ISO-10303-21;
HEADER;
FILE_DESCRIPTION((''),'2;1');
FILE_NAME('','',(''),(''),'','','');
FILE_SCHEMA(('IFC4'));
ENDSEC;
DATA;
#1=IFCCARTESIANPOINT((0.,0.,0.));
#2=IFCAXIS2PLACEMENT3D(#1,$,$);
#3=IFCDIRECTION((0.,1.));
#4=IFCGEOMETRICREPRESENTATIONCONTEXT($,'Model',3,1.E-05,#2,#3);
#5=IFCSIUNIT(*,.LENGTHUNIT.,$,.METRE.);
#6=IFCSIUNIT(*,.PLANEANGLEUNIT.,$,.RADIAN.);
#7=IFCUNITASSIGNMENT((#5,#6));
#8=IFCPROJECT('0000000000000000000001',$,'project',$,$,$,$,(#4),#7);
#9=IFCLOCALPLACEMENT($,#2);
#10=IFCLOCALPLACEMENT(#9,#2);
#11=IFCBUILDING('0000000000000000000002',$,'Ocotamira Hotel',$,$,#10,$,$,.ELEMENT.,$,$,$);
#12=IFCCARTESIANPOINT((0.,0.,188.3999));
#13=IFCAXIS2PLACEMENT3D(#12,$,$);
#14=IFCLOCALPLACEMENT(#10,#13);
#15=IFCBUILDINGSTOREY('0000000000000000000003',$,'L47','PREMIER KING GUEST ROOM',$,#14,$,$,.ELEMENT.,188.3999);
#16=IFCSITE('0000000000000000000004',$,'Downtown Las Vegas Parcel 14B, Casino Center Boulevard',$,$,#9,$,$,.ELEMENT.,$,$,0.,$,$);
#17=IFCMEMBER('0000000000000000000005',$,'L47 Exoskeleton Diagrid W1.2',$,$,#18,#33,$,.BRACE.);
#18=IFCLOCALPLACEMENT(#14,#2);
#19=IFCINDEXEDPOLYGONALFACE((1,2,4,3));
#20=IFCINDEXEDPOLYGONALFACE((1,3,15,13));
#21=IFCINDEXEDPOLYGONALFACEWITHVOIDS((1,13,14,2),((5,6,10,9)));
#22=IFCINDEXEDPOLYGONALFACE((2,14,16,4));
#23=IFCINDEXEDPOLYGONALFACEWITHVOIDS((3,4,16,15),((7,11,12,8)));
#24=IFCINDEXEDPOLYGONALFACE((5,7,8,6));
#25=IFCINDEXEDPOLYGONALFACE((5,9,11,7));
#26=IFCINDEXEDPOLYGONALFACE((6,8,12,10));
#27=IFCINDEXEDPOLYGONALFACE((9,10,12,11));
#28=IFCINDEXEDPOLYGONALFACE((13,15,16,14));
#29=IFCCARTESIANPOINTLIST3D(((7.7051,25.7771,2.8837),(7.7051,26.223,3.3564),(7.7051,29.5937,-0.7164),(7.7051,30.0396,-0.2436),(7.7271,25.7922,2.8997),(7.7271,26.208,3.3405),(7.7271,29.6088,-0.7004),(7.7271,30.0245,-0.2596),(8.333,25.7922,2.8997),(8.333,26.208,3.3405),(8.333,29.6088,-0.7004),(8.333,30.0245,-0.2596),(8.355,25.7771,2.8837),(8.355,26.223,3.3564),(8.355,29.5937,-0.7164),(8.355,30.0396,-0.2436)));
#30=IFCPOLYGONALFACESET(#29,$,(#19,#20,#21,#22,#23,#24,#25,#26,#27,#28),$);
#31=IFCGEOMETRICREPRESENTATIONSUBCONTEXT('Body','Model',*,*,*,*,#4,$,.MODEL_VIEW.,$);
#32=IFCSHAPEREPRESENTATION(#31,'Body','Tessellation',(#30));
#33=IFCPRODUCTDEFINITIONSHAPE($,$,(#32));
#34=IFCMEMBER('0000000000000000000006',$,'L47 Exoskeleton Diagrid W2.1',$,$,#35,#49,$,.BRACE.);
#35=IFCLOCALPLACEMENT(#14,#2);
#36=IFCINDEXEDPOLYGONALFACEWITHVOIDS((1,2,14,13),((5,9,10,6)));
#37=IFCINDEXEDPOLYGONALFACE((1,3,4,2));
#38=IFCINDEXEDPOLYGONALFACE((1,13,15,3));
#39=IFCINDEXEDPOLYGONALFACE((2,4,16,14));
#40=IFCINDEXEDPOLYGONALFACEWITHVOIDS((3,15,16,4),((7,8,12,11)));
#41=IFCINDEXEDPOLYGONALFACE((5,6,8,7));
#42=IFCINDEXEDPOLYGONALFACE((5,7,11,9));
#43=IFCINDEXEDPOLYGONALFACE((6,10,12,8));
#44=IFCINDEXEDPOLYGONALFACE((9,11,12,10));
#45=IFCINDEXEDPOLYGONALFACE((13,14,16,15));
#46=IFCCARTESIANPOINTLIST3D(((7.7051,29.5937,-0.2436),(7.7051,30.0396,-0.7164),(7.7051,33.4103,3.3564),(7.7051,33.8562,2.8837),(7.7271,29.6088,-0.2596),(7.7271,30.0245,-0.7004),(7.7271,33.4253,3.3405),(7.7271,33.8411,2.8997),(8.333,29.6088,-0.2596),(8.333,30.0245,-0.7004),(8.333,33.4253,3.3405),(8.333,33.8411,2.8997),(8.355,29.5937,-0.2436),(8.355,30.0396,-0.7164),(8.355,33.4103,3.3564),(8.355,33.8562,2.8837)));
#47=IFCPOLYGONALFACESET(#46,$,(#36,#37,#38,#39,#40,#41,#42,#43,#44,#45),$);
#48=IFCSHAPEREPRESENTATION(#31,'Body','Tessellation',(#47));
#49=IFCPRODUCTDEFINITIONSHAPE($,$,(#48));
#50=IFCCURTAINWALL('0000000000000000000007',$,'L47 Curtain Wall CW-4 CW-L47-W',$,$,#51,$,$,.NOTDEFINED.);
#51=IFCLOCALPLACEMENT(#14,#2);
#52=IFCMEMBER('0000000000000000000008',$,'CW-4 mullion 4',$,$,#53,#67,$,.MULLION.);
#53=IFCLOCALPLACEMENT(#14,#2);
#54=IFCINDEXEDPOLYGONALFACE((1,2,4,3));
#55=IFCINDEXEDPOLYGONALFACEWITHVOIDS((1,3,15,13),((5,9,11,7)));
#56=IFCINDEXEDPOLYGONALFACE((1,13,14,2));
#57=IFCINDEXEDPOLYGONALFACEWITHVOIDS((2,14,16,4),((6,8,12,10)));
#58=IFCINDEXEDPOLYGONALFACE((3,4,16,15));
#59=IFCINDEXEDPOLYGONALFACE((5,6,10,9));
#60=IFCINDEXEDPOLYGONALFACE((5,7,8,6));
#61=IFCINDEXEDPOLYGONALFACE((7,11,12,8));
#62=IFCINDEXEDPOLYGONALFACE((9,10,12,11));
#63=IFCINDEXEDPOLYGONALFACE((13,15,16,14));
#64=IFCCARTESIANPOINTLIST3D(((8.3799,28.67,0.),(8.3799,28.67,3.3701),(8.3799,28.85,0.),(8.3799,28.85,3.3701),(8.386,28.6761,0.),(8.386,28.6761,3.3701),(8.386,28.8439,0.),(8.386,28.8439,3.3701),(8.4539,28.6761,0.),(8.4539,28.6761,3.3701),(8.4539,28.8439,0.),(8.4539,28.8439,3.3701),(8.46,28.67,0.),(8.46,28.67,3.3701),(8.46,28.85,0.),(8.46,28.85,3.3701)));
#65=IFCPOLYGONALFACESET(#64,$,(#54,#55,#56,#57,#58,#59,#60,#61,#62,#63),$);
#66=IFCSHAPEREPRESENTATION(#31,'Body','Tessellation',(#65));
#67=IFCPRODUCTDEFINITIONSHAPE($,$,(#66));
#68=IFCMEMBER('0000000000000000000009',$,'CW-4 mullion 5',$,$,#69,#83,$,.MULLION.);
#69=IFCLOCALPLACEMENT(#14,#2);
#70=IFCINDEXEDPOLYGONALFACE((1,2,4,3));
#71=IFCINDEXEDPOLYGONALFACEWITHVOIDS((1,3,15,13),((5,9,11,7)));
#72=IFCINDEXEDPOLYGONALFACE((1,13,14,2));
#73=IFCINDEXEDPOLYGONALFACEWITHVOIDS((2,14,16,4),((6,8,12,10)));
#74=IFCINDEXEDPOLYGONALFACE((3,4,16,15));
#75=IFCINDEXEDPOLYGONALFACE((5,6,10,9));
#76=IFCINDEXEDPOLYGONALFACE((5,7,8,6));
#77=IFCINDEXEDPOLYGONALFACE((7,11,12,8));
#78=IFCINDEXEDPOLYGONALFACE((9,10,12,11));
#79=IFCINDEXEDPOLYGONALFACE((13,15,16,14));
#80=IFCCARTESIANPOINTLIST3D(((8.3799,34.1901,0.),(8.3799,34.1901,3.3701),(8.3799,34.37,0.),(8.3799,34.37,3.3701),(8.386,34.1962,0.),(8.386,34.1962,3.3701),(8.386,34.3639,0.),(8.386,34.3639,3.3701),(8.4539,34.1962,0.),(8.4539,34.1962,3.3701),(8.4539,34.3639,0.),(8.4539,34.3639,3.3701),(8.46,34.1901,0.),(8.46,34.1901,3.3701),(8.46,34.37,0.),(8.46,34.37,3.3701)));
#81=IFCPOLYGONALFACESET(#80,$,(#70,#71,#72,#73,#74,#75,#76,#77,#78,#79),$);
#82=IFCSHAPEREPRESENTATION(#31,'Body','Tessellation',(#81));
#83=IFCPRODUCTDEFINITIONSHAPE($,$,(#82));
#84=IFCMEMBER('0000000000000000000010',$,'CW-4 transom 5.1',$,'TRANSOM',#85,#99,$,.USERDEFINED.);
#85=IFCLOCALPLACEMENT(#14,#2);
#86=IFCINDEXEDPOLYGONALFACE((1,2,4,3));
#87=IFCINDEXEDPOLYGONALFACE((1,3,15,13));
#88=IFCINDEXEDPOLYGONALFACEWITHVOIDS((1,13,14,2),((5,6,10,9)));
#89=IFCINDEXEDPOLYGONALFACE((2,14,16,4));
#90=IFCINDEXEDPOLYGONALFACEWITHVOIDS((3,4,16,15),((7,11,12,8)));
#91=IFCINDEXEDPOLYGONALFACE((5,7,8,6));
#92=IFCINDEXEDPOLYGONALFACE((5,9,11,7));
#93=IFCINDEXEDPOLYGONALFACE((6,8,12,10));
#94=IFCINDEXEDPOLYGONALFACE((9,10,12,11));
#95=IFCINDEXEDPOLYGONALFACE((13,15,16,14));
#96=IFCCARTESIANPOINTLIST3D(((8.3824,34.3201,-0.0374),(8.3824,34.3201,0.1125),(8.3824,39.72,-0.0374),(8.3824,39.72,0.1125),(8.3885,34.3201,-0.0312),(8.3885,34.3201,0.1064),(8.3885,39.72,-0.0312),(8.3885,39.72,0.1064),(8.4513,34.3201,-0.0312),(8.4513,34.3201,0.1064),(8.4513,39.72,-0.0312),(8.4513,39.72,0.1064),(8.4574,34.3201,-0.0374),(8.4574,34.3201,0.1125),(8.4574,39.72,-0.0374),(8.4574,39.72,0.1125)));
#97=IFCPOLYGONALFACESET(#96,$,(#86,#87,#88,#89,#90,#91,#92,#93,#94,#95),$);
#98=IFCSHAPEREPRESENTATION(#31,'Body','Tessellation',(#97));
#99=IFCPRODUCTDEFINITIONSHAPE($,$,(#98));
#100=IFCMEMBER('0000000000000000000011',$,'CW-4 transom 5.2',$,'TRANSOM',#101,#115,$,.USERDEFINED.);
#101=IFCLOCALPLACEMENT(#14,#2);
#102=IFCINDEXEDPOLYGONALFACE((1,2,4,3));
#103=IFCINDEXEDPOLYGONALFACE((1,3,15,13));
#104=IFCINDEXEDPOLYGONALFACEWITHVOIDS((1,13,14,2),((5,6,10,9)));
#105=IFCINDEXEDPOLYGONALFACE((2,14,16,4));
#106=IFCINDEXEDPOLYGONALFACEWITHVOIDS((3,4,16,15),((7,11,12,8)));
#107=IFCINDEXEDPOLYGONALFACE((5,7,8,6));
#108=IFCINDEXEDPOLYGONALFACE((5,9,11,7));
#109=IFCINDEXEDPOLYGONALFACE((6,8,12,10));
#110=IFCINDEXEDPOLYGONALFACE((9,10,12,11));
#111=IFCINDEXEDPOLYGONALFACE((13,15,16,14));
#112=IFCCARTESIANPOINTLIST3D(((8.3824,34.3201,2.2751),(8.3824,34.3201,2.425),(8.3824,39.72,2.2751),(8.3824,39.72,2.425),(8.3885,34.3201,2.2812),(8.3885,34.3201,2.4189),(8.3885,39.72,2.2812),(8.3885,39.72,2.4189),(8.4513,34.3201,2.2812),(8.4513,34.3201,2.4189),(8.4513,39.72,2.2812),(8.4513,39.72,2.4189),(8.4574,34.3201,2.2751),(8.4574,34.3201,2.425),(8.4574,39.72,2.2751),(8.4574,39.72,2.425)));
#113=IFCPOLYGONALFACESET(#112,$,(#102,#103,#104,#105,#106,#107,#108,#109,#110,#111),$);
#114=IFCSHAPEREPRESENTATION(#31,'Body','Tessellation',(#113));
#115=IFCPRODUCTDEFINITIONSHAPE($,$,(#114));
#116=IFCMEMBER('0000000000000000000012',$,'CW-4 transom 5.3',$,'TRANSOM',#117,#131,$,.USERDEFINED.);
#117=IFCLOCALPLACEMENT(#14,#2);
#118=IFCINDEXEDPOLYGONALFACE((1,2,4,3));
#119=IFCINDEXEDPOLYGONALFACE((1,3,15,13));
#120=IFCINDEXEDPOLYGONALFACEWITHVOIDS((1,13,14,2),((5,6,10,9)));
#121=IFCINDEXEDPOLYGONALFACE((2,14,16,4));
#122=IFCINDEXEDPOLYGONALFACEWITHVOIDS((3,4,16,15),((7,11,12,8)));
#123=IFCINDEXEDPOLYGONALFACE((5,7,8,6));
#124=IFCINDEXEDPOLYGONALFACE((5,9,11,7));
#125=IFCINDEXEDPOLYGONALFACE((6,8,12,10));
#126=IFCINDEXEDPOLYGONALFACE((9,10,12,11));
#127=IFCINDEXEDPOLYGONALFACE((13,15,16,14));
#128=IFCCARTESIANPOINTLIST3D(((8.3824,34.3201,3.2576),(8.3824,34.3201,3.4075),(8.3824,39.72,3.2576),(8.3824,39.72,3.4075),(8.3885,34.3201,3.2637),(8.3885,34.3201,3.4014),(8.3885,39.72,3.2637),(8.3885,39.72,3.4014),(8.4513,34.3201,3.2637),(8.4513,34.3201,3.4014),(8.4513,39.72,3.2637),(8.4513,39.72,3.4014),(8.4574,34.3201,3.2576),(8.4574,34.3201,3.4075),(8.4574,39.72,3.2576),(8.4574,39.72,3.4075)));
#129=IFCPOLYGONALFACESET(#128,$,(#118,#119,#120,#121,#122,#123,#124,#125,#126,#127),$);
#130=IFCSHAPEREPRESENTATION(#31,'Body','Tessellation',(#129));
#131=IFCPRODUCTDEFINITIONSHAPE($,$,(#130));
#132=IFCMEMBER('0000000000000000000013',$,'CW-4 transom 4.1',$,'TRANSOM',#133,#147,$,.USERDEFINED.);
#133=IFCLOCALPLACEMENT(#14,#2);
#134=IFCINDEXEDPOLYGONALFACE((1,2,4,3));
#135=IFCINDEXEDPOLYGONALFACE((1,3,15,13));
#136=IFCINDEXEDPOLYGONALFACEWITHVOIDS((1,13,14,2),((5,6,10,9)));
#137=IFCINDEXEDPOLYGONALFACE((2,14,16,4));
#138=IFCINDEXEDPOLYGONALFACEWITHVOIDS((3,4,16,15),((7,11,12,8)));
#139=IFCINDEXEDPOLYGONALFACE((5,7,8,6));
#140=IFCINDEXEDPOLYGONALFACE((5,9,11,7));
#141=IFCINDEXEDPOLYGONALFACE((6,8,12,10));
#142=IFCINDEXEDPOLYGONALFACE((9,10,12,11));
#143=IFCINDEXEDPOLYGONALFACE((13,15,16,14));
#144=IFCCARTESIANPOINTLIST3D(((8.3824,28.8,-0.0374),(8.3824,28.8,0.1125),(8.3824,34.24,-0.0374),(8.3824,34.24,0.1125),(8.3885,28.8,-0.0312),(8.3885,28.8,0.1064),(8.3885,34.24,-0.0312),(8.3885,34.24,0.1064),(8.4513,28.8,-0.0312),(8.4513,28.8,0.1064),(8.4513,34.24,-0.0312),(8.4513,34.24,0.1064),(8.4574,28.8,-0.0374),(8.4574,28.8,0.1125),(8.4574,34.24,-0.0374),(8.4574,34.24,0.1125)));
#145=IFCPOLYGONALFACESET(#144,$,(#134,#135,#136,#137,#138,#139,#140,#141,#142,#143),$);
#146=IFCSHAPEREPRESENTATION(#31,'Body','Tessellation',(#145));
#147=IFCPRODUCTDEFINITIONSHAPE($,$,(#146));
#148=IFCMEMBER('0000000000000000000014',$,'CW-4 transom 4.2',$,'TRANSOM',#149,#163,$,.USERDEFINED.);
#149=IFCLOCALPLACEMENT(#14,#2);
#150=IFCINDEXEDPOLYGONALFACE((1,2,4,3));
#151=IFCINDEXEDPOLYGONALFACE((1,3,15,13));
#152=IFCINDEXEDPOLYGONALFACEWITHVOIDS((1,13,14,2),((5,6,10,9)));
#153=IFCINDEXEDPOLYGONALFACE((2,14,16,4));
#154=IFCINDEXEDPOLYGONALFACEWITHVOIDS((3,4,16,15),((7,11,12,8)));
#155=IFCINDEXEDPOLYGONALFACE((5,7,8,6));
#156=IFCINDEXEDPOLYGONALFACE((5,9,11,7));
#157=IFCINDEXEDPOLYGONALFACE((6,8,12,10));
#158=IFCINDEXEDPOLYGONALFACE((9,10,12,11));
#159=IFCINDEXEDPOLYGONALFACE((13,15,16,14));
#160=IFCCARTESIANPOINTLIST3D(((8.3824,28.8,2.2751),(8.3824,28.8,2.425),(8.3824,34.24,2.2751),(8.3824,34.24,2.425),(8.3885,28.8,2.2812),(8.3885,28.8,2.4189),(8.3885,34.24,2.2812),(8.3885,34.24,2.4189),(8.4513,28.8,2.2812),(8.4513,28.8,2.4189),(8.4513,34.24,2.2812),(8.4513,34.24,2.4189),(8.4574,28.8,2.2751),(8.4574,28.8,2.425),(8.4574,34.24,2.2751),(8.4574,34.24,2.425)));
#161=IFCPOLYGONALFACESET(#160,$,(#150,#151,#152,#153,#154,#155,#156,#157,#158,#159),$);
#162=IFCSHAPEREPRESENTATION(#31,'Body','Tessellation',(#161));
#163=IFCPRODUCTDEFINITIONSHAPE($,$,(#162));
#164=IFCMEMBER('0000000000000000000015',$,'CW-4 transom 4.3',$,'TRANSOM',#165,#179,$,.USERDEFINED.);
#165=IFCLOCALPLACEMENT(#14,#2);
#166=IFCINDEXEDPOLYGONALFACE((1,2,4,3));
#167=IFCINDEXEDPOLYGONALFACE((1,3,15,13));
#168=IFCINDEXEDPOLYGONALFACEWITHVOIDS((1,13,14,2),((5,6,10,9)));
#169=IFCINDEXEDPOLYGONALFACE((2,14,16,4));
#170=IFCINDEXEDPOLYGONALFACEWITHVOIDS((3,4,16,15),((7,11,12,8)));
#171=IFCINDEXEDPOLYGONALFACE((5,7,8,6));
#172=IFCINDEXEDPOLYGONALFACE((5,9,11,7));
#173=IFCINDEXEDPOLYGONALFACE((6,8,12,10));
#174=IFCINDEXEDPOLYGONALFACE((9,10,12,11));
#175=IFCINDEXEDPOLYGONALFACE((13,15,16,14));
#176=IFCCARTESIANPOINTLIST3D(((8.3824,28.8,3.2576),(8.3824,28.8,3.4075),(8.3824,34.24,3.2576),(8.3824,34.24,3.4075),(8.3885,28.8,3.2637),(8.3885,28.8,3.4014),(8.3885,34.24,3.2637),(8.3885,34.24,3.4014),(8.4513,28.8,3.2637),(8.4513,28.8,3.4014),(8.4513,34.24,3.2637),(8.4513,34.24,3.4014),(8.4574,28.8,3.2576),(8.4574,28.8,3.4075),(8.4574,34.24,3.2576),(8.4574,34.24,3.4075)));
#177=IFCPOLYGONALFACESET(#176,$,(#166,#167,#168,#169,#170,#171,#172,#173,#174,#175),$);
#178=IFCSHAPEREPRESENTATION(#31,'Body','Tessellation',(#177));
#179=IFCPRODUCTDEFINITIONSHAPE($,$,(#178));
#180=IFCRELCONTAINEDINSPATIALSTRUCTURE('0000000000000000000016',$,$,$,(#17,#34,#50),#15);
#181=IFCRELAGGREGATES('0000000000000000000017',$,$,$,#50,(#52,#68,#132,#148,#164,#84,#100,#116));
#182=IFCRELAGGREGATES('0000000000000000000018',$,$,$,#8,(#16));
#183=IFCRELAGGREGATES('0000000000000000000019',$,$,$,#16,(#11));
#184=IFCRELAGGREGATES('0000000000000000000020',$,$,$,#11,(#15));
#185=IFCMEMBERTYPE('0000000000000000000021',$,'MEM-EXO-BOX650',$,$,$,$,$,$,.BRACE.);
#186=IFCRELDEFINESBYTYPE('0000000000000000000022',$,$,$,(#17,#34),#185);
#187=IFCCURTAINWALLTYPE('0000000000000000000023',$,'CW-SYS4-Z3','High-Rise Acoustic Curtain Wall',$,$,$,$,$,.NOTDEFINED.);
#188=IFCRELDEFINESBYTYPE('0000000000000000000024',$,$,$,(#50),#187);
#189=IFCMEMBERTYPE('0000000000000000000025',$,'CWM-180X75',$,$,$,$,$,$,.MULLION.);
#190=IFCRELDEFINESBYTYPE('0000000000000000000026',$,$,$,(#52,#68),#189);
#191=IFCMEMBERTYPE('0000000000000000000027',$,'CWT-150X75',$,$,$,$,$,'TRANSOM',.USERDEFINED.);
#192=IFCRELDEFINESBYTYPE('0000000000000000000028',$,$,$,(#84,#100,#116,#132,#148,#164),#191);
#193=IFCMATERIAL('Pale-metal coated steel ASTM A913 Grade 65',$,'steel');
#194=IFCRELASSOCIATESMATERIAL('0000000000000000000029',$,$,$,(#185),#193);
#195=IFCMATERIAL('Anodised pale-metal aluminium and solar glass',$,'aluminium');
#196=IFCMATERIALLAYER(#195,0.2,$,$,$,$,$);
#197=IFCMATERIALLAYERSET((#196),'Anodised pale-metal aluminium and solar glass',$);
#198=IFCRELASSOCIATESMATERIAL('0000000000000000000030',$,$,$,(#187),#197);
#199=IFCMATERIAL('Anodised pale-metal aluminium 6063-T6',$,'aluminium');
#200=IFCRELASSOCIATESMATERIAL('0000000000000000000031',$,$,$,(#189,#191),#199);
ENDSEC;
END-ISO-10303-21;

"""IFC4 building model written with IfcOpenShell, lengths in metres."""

from ifc_helpers import new_model, si_unit, direction, frame, origin, origin_2d, place, context, subcontext, project, spatial, hollow_rectangle, extrude, source, transform, mapped, material, layer, layer_set, material_profile, profile_set, type_object, element, aggregate, save


model = new_model("IFC4")

# Units and contexts
model_context = context("Model", 3, precision=1e-05, world=origin(), true_north=direction((0.0, 1.0)))
body_context = subcontext(model_context, "Body", "Model", "MODEL_VIEW")
ifc_project = project(units=[si_unit("LENGTHUNIT", "METRE"), si_unit("PLANEANGLEUNIT", "RADIAN")], contexts=[model_context])

# Site, building, storey
site_placement = place(None, origin())
site = spatial("IfcSite", under=ifc_project, at=site_placement, Name="Downtown Las Vegas Parcel 14B, Casino Center Boulevard", CompositionType="ELEMENT", RefElevation=0.0)
building_placement = place(site_placement, origin())
building = spatial("IfcBuilding", under=site, at=building_placement, Name="Ocotamira Hotel", CompositionType="ELEMENT")
storey_placement = place(building_placement, frame((0.0, 0.0, 188.3999)))
storey = spatial("IfcBuildingStorey", under=building, at=storey_placement, Name="L47", Description="PREMIER KING GUEST ROOM", CompositionType="ELEMENT", Elevation=188.3999)

# Members
ifc_material_1 = material(Name="Pale-metal coated steel ASTM A913 Grade 65", Category="steel")
ifc_material_profile_1 = material_profile(ifc_material_1, hollow_rectangle(XDim=0.6499, YDim=0.6499, WallThickness=0.022, at=origin_2d()), Name="BOX650X650X22")
ifc_profile_set_1 = profile_set([ifc_material_profile_1], Name="Pale-metal coated steel ASTM A913 Grade 65")
member_type_1 = type_object("IfcMemberType", Name="MEM-EXO-BOX650", PredefinedType="BRACE", material=ifc_profile_set_1)
shared_shape_1 = source(origin(), body_context, "Body", "SweptSolid", [
    extrude(hollow_rectangle(XDim=0.6499, YDim=0.6499, WallThickness=0.022, at=origin_2d()), origin(), (0.0, 0.0, 1.0), 5.2466),
])
for number, where, z_axis, x_axis, name in (
    (1, (8.03, 29.8167, -0.48), (0.0, -0.727443, 0.686168), (1.0, 0.0, 0.0), "L47 Exoskeleton Diagrid W1.2"),
    (2, (8.03, 29.8167, -0.48), (0.0, 0.727443, 0.686168), (-1.0, 0.0, 0.0), "L47 Exoskeleton Diagrid W2.1"),
):
    element("IfcMember", number, at=place(storey_placement, frame(where, z_axis=z_axis, x_axis=x_axis)), inside=storey, type_object=member_type_1, Name=name, PredefinedType="BRACE", context=body_context, shape_type="MappedRepresentation", body=[
        mapped(shared_shape_1, transform((0.0, 0.0, 0.0), scale=1.0)),
    ])

# Curtain wall, members
ifc_material_2 = material(Name="Anodised pale-metal aluminium and solar glass", Category="aluminium")
ifc_layer_1 = layer(ifc_material_2, 0.2)
ifc_layer_set_1 = layer_set([ifc_layer_1], Name="Anodised pale-metal aluminium and solar glass")
curtain_wall_type = type_object("IfcCurtainWallType", Name="CW-SYS4-Z3", Description="High-Rise Acoustic Curtain Wall", PredefinedType="NOTDEFINED", material=ifc_layer_set_1)
curtain_wall_placement = place(storey_placement, origin())
curtain_wall = element("IfcCurtainWall", 3, at=curtain_wall_placement, inside=storey, type_object=curtain_wall_type, Name="L47 Curtain Wall CW-4 CW-L47-W", PredefinedType="NOTDEFINED")
ifc_material_3 = material(Name="Anodised pale-metal aluminium 6063-T6", Category="aluminium")
ifc_material_profile_2 = material_profile(ifc_material_3, hollow_rectangle(XDim=0.0801, YDim=0.1799, WallThickness=0.0061, at=origin_2d()), Name="HSS180X80X6")
ifc_profile_set_2 = profile_set([ifc_material_profile_2], Name="Anodised pale-metal aluminium 6063-T6")
member_type_2 = type_object("IfcMemberType", Name="CWM-180X75", PredefinedType="MULLION", material=ifc_profile_set_2)
shared_shape_2 = source(origin(), body_context, "Body", "SweptSolid", [
    extrude(hollow_rectangle(XDim=0.0801, YDim=0.1799, WallThickness=0.0061, at=origin_2d()), origin(), (0.0, 0.0, 1.0), 3.3701),
])
member_1_placement = place(storey_placement, frame((8.4199, 28.76, 0.0), z_axis=(0.0, 0.0, 1.0), x_axis=(-1.0, 0.0, 0.0)))
member_1 = element("IfcMember", 4, at=member_1_placement, type_object=member_type_2, Name="CW-4 mullion 4", PredefinedType="MULLION", context=body_context, shape_type="MappedRepresentation", body=[
    mapped(shared_shape_2, transform((0.0, 0.0, 0.0), scale=1.0)),
])
member_2_placement = place(storey_placement, frame((8.4199, 34.28, 0.0), z_axis=(0.0, 0.0, 1.0), x_axis=(-1.0, 0.0, 0.0)))
member_2 = element("IfcMember", 5, at=member_2_placement, type_object=member_type_2, Name="CW-4 mullion 5", PredefinedType="MULLION", context=body_context, shape_type="MappedRepresentation", body=[
    mapped(shared_shape_2, transform((0.0, 0.0, 0.0), scale=1.0)),
])
ifc_material_profile_3 = material_profile(ifc_material_3, hollow_rectangle(XDim=0.075, YDim=0.1499, WallThickness=0.0061, at=origin_2d()), Name="HSS150X75X6")
ifc_profile_set_3 = profile_set([ifc_material_profile_3], Name="Anodised pale-metal aluminium 6063-T6")
member_type_3 = type_object("IfcMemberType", Name="CWT-150X75", ElementType="TRANSOM", PredefinedType="USERDEFINED", material=ifc_profile_set_3)
shared_shape_3 = source(origin(), body_context, "Body", "SweptSolid", [
    extrude(hollow_rectangle(XDim=0.075, YDim=0.1499, WallThickness=0.0061, at=origin_2d()), origin(), (0.0, 0.0, 1.0), 5.3999),
])
member_3_placement = place(storey_placement, frame((8.4199, 34.3201, 0.0376), z_axis=(0.0, 1.0, 0.0), x_axis=(-1.0, 0.0, 0.0)))
member_3 = element("IfcMember", 6, at=member_3_placement, type_object=member_type_3, Name="CW-4 transom 5.1", ObjectType="TRANSOM", PredefinedType="USERDEFINED", context=body_context, shape_type="MappedRepresentation", body=[
    mapped(shared_shape_3, transform((0.0, 0.0, 0.0), scale=1.0)),
])
member_4_placement = place(storey_placement, frame((8.4199, 34.3201, 2.3501), z_axis=(0.0, 1.0, 0.0), x_axis=(-1.0, 0.0, 0.0)))
member_4 = element("IfcMember", 7, at=member_4_placement, type_object=member_type_3, Name="CW-4 transom 5.2", ObjectType="TRANSOM", PredefinedType="USERDEFINED", context=body_context, shape_type="MappedRepresentation", body=[
    mapped(shared_shape_3, transform((0.0, 0.0, 0.0), scale=1.0)),
])
member_5_placement = place(storey_placement, frame((8.4199, 34.3201, 3.3325), z_axis=(0.0, 1.0, 0.0), x_axis=(-1.0, 0.0, 0.0)))
member_5 = element("IfcMember", 8, at=member_5_placement, type_object=member_type_3, Name="CW-4 transom 5.3", ObjectType="TRANSOM", PredefinedType="USERDEFINED", context=body_context, shape_type="MappedRepresentation", body=[
    mapped(shared_shape_3, transform((0.0, 0.0, 0.0), scale=1.0)),
])
shared_shape_4 = source(origin(), body_context, "Body", "SweptSolid", [
    extrude(hollow_rectangle(XDim=0.075, YDim=0.1499, WallThickness=0.0061, at=origin_2d()), origin(), (0.0, 0.0, 1.0), 5.4399),
])
member_6_placement = place(storey_placement, frame((8.4199, 28.8, 0.0376), z_axis=(0.0, 1.0, 0.0), x_axis=(-1.0, 0.0, 0.0)))
member_6 = element("IfcMember", 9, at=member_6_placement, type_object=member_type_3, Name="CW-4 transom 4.1", ObjectType="TRANSOM", PredefinedType="USERDEFINED", context=body_context, shape_type="MappedRepresentation", body=[
    mapped(shared_shape_4, transform((0.0, 0.0, 0.0), scale=1.0)),
])
member_7_placement = place(storey_placement, frame((8.4199, 28.8, 2.3501), z_axis=(0.0, 1.0, 0.0), x_axis=(-1.0, 0.0, 0.0)))
member_7 = element("IfcMember", 10, at=member_7_placement, type_object=member_type_3, Name="CW-4 transom 4.2", ObjectType="TRANSOM", PredefinedType="USERDEFINED", context=body_context, shape_type="MappedRepresentation", body=[
    mapped(shared_shape_4, transform((0.0, 0.0, 0.0), scale=1.0)),
])
member_8_placement = place(storey_placement, frame((8.4199, 28.8, 3.3325), z_axis=(0.0, 1.0, 0.0), x_axis=(-1.0, 0.0, 0.0)))
member_8 = element("IfcMember", 11, at=member_8_placement, type_object=member_type_3, Name="CW-4 transom 4.3", ObjectType="TRANSOM", PredefinedType="USERDEFINED", context=body_context, shape_type="MappedRepresentation", body=[
    mapped(shared_shape_4, transform((0.0, 0.0, 0.0), scale=1.0)),
])

aggregate(curtain_wall, [member_1, member_2, member_6, member_7, member_8, member_3, member_4, member_5])

save(model, "model.ifc")
